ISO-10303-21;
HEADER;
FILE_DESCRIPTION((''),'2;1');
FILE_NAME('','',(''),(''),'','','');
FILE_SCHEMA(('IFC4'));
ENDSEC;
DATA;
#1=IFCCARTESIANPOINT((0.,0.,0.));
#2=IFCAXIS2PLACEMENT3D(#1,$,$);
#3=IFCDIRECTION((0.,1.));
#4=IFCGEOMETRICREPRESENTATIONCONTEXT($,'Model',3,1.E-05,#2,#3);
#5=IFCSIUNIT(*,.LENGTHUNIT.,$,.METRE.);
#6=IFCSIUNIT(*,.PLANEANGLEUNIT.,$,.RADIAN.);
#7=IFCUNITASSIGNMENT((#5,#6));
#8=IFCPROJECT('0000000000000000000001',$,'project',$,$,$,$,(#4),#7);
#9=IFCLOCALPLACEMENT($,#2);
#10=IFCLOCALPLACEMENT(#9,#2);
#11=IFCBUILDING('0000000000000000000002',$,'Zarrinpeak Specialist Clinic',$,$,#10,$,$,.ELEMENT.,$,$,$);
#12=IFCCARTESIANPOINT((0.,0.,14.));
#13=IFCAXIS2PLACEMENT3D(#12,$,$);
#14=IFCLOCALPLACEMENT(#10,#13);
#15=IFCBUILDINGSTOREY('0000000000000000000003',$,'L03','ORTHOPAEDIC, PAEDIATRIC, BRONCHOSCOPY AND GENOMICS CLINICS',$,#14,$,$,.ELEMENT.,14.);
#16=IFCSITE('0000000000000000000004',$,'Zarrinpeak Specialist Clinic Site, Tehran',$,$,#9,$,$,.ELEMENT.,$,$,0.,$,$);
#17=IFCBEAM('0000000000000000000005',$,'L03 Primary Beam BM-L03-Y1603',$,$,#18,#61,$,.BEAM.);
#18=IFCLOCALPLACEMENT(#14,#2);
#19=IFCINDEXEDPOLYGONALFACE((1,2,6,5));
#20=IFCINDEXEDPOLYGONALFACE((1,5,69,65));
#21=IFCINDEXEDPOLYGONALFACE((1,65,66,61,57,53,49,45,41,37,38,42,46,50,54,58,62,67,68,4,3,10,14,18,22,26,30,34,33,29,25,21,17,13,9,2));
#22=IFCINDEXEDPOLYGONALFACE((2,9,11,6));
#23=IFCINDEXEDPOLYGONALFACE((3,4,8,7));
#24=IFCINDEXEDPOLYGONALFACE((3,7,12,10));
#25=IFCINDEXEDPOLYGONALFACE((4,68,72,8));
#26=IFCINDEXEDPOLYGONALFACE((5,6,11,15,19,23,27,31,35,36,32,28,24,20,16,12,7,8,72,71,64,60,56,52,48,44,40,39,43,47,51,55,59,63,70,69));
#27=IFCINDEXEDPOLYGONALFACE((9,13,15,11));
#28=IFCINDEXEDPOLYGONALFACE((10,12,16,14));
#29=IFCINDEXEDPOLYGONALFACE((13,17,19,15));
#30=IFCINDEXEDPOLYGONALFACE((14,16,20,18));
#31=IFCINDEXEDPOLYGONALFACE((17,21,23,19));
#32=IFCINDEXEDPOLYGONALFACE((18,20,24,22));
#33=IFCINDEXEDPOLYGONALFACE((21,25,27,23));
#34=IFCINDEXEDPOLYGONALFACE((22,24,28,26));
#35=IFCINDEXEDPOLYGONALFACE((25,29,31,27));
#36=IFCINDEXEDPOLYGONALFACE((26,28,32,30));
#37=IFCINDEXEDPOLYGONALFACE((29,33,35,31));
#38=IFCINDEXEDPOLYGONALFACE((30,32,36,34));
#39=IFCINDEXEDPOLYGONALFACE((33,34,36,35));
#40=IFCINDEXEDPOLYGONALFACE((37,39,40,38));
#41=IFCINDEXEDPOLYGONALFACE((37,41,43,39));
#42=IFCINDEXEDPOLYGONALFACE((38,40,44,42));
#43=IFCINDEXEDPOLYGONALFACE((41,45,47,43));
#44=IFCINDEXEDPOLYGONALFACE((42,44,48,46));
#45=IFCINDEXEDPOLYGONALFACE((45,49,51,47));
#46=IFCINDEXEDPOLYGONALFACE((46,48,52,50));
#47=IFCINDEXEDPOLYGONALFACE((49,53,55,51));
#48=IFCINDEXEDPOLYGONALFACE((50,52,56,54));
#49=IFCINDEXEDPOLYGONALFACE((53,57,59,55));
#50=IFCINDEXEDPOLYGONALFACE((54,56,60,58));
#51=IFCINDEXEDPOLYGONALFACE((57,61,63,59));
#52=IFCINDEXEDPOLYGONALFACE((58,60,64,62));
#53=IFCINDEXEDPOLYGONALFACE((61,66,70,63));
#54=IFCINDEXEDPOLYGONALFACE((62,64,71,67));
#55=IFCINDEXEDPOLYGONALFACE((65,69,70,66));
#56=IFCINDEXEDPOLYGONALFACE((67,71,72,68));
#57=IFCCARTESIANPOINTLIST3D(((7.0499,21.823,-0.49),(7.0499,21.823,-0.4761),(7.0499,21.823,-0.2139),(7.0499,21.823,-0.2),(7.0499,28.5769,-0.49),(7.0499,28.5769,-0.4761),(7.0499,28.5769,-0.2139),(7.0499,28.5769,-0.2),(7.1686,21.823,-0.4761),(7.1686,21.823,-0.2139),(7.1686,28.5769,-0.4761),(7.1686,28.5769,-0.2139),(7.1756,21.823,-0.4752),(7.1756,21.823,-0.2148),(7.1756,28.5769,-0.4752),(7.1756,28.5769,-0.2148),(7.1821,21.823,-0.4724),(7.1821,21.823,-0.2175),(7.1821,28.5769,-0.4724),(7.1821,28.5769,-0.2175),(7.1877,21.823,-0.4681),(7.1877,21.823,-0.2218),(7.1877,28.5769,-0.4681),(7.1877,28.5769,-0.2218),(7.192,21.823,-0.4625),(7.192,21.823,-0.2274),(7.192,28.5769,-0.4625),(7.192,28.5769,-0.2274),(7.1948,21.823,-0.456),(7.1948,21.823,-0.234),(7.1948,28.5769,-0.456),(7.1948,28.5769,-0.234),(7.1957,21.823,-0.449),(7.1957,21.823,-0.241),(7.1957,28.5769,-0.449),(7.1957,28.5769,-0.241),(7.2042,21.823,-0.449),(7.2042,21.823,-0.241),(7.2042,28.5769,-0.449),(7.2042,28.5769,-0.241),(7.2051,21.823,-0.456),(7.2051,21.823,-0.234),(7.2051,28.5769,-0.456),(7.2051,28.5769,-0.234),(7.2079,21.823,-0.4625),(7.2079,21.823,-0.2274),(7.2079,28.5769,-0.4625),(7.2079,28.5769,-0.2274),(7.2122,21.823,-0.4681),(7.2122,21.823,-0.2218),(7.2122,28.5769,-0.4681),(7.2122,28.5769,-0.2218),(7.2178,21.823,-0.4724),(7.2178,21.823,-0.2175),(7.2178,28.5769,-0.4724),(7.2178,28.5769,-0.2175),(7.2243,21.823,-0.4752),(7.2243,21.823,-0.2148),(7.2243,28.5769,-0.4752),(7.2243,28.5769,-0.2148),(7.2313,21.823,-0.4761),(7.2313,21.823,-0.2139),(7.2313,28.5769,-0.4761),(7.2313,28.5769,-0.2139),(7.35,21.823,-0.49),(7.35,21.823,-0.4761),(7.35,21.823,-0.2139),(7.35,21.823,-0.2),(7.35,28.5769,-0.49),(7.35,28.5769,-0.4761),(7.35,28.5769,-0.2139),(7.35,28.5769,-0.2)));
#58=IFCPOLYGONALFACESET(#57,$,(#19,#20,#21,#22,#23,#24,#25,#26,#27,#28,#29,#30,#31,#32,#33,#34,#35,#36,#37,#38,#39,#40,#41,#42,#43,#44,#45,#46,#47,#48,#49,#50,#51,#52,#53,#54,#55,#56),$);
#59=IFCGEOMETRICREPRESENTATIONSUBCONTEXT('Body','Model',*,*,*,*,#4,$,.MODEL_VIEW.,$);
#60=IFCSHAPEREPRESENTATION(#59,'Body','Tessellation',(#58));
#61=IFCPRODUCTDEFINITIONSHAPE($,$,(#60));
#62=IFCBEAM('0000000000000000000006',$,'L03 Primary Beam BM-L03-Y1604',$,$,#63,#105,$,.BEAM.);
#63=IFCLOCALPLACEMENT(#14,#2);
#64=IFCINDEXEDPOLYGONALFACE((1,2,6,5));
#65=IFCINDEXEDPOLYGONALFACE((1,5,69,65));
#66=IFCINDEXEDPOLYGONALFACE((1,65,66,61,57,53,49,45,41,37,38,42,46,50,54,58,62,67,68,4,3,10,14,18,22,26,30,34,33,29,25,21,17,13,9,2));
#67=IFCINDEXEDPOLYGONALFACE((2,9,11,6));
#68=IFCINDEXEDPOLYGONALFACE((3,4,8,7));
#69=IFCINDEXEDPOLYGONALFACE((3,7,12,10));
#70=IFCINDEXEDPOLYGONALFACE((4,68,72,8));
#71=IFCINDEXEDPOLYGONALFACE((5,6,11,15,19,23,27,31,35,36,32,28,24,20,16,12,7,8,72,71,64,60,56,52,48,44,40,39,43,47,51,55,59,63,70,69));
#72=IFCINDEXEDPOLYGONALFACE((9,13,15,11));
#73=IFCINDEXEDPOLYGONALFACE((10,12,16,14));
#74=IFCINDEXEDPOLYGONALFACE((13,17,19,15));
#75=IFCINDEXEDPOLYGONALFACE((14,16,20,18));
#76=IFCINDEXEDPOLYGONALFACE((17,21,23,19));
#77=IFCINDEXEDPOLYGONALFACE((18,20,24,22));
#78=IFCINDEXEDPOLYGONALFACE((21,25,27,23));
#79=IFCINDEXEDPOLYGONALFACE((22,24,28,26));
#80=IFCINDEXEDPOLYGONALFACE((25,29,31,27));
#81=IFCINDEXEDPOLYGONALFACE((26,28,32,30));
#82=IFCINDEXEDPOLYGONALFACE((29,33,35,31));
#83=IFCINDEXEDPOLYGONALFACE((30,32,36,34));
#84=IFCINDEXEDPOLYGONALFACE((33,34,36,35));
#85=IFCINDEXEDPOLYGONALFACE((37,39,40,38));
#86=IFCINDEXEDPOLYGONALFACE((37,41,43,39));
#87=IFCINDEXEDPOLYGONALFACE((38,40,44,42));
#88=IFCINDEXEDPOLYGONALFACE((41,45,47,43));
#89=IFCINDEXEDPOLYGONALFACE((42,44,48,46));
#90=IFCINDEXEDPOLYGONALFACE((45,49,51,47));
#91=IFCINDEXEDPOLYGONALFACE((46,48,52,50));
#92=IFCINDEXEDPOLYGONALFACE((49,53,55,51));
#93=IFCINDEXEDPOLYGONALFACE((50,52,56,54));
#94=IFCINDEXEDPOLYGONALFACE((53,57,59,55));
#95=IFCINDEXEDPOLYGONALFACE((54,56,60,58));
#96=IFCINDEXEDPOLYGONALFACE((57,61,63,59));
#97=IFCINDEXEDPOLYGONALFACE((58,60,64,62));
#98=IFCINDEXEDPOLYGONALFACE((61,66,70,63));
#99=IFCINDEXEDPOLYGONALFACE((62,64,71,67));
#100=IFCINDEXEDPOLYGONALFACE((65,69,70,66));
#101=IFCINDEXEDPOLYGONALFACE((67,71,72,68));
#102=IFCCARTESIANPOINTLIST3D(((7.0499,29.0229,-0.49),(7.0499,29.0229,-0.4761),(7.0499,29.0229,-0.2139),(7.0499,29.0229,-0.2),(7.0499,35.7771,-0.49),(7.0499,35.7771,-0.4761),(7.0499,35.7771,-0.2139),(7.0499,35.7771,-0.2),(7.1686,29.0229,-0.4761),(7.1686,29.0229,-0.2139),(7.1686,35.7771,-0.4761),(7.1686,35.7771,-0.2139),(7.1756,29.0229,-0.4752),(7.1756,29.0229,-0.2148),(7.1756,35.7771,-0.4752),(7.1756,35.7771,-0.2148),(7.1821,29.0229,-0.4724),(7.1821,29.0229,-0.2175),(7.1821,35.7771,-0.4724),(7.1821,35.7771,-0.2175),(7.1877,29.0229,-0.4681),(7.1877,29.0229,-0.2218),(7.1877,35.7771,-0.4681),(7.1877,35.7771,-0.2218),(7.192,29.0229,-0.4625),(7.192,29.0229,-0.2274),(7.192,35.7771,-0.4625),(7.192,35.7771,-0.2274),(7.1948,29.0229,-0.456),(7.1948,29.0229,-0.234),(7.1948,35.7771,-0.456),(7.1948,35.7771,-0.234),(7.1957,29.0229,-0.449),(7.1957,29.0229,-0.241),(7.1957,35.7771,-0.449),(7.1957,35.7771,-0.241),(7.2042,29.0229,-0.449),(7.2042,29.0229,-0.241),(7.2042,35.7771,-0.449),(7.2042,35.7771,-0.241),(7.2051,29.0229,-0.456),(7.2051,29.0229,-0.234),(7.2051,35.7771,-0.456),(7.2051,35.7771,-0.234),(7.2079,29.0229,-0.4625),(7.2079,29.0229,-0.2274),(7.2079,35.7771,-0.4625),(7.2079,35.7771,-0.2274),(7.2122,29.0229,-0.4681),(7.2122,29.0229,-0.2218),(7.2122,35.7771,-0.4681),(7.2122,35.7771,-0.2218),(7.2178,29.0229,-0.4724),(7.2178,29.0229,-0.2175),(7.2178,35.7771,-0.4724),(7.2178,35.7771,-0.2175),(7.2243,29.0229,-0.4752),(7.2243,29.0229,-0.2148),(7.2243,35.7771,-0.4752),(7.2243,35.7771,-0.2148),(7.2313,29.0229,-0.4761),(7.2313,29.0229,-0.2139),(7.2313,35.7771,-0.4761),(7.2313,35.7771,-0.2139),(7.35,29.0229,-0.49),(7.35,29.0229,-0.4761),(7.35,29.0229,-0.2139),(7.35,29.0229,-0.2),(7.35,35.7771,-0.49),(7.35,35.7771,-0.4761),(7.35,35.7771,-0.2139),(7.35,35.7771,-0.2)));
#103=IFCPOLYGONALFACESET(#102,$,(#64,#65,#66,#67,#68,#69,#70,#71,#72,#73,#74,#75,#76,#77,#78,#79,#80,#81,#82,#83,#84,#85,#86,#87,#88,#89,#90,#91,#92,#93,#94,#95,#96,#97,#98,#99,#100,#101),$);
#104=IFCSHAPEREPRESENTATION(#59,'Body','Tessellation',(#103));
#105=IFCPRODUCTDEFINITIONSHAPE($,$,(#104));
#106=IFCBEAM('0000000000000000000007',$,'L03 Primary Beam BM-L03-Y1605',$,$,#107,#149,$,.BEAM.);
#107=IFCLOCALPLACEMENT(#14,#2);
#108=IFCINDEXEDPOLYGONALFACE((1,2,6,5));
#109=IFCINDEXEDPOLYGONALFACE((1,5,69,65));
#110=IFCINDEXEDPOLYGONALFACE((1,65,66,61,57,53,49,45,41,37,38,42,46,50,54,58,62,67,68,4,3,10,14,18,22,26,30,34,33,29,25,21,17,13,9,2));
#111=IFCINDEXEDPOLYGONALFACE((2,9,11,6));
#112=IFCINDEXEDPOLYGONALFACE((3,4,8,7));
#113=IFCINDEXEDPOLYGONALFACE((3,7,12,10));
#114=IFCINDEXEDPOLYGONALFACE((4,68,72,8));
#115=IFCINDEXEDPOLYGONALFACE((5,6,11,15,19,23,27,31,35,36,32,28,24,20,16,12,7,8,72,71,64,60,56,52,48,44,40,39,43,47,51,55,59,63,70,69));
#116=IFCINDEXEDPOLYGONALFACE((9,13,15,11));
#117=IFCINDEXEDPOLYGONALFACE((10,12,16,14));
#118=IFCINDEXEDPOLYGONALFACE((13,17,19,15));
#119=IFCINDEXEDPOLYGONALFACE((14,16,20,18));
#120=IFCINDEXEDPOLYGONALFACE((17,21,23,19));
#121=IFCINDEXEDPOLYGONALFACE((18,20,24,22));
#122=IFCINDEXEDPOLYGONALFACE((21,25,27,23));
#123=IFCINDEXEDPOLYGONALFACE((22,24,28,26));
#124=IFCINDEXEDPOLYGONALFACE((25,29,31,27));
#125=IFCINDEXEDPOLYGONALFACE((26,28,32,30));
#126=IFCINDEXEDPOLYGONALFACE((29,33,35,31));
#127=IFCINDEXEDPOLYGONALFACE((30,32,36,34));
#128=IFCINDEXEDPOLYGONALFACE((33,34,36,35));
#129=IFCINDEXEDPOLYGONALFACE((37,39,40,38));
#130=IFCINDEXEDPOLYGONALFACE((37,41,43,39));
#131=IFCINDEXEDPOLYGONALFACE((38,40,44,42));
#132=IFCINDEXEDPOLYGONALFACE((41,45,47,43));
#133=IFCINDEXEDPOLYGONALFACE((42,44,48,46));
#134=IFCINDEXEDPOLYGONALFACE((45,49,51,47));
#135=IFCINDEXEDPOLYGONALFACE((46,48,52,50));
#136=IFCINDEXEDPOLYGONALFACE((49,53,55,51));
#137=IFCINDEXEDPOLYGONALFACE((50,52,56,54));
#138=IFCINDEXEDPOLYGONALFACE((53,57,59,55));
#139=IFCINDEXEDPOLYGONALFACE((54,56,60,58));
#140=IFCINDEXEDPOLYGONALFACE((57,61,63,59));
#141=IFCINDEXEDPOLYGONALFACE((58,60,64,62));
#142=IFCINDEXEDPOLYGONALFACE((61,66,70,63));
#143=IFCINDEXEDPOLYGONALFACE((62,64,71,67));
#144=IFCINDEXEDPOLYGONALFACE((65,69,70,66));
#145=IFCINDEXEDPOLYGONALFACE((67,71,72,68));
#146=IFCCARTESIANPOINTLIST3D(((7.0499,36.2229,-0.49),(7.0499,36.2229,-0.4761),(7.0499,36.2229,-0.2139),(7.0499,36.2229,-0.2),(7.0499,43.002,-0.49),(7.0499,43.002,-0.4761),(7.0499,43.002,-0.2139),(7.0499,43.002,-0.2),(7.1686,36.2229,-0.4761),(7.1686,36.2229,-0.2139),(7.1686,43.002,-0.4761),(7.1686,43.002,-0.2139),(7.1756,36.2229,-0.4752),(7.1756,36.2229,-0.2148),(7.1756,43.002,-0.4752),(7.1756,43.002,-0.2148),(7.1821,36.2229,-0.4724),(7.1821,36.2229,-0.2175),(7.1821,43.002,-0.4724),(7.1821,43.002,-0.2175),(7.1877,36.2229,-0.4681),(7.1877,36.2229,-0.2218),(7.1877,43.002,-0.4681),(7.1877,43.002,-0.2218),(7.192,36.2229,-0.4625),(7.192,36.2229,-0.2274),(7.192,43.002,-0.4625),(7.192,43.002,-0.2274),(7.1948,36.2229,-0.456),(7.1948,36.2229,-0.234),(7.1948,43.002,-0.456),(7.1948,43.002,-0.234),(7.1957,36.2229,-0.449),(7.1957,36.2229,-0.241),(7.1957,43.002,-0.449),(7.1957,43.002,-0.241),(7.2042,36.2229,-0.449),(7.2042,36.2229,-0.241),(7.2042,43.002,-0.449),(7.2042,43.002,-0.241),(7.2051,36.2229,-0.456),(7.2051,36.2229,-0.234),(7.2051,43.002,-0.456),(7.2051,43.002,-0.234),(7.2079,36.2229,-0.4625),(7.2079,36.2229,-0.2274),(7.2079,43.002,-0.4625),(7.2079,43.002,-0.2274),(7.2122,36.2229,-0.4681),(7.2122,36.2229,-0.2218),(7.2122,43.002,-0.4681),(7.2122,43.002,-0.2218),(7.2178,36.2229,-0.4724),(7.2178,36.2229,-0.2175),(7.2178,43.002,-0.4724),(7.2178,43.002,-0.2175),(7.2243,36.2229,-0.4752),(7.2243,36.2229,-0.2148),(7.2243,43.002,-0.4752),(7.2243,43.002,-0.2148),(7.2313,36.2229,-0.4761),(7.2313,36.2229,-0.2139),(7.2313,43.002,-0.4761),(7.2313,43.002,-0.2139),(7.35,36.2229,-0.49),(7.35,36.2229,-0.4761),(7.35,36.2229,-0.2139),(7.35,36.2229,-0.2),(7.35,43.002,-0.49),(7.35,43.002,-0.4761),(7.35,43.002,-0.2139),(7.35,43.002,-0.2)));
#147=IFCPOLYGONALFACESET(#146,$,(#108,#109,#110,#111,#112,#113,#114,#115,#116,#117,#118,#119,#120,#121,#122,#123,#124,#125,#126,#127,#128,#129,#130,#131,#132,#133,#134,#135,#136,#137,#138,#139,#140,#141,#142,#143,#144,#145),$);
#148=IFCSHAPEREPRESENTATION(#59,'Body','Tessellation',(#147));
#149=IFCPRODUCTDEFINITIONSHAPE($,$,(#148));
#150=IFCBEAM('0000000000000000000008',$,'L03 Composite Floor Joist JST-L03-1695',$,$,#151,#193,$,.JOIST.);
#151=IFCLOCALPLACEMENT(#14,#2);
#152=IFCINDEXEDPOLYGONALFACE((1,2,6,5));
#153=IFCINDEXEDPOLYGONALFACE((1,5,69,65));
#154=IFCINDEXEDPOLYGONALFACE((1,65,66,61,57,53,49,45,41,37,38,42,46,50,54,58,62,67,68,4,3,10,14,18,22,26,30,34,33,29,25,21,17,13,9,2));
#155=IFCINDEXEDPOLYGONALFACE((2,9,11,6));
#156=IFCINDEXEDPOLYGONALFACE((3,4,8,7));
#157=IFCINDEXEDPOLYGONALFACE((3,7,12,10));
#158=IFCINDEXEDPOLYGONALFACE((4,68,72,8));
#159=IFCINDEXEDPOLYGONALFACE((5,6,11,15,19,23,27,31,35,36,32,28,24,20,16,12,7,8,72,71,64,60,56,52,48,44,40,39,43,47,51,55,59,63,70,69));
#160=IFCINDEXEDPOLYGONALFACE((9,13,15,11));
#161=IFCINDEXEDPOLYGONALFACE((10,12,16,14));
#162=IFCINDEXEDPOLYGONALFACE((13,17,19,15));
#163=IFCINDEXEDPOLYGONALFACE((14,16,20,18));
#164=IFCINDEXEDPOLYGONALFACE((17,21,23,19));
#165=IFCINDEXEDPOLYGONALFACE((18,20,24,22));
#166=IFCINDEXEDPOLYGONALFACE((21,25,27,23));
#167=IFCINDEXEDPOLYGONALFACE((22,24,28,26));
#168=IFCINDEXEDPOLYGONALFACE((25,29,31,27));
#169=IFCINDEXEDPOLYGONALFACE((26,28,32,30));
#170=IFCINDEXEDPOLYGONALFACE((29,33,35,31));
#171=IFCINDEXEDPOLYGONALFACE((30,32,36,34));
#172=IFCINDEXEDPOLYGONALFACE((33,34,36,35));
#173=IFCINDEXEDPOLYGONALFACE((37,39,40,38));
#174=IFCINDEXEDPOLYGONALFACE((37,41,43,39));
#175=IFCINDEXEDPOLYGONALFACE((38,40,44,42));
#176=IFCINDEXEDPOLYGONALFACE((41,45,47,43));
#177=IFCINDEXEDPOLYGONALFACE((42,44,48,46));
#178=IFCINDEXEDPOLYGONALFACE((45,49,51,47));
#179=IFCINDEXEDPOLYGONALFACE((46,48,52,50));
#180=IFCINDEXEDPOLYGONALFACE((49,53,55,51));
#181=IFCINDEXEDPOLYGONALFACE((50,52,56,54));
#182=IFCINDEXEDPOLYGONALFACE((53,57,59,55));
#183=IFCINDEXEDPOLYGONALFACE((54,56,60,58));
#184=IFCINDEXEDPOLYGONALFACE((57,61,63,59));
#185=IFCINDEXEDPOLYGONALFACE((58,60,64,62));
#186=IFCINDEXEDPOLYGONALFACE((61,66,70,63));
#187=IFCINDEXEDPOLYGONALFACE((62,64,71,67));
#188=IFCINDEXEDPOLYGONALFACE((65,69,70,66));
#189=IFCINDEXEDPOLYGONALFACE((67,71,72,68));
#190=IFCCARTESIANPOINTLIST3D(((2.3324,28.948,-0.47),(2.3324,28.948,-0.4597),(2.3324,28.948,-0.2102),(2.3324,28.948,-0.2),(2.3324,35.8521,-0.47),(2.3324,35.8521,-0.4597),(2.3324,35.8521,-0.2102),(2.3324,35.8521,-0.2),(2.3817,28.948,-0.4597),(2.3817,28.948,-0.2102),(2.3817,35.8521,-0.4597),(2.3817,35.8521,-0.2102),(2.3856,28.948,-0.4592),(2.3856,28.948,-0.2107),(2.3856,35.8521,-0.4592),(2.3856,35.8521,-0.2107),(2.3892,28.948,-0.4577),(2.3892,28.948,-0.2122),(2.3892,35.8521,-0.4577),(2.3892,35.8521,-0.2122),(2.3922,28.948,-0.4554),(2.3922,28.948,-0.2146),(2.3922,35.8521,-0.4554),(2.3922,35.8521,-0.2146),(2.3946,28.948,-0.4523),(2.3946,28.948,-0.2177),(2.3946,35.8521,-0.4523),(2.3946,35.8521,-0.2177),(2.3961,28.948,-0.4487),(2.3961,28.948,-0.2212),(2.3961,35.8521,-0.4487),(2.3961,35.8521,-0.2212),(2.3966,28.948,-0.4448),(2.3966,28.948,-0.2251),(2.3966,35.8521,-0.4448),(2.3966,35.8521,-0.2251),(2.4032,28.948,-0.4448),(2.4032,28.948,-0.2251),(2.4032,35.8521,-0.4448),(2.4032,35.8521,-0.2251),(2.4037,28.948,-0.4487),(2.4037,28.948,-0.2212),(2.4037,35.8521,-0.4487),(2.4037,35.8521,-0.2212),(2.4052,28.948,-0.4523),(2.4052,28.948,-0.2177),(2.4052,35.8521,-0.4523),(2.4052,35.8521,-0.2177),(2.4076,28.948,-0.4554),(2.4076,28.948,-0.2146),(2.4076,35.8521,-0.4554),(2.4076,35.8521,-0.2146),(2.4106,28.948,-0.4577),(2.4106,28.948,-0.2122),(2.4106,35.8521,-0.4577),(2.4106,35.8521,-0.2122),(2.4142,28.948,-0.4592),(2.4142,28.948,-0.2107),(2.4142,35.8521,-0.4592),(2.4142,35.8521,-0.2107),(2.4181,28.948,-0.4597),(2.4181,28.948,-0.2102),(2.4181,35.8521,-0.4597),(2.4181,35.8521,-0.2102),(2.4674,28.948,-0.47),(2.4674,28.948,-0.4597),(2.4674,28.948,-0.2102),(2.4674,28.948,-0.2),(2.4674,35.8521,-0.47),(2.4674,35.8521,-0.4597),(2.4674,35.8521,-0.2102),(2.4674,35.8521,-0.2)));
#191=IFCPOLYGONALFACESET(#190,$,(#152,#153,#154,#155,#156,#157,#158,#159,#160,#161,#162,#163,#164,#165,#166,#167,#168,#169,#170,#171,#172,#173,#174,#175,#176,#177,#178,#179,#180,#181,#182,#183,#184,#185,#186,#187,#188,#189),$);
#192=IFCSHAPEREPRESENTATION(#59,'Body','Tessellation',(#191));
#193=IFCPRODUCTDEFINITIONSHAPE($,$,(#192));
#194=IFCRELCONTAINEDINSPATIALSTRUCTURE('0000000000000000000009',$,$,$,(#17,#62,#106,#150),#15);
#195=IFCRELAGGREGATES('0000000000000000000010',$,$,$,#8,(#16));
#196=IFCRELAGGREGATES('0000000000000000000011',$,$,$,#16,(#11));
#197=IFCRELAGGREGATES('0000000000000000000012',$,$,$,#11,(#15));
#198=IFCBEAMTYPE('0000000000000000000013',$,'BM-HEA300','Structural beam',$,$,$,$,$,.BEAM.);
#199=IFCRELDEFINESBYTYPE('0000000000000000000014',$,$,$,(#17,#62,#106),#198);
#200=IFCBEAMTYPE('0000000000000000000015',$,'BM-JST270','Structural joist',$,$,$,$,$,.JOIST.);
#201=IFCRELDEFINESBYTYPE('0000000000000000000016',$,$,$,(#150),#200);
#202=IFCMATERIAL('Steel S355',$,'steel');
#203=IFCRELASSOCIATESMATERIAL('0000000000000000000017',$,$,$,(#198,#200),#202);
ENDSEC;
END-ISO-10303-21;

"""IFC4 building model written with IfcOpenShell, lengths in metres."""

from ifc_helpers import new_model, si_unit, direction, frame, origin, origin_2d, place, context, subcontext, project, spatial, i_section, extrude, material, material_profile, profile_set, type_object, element, save


model = new_model("IFC4")

# Units and contexts
model_context = context("Model", 3, precision=1e-05, world=origin(), true_north=direction((0.0, 1.0)))
body_context = subcontext(model_context, "Body", "Model", "MODEL_VIEW")
ifc_project = project(units=[si_unit("LENGTHUNIT", "METRE"), si_unit("PLANEANGLEUNIT", "RADIAN")], contexts=[model_context])

# Site, building, storey
site_placement = place(None, origin())
site = spatial("IfcSite", under=ifc_project, at=site_placement, Name="Zarrinpeak Specialist Clinic Site, Tehran", CompositionType="ELEMENT", RefElevation=0.0)
building_placement = place(site_placement, origin())
building = spatial("IfcBuilding", under=site, at=building_placement, Name="Zarrinpeak Specialist Clinic", CompositionType="ELEMENT")
storey_placement = place(building_placement, frame((0.0, 0.0, 14.0)))
storey = spatial("IfcBuildingStorey", under=building, at=storey_placement, Name="L03", Description="ORTHOPAEDIC, PAEDIATRIC, BRONCHOSCOPY AND GENOMICS CLINICS", CompositionType="ELEMENT", Elevation=14.0)

# Shared definitions
ifc_material_1 = material(Name="Steel S355", Category="steel")

# Beams
ifc_material_profile_1 = material_profile(ifc_material_1, i_section(OverallWidth=0.3, OverallDepth=0.29, WebThickness=0.0085, FlangeThickness=0.0139, FilletRadius=0.0271, at=origin_2d()), Name="HEA 300")
ifc_profile_set_1 = profile_set([ifc_material_profile_1], Name="Steel S355")
beam_type_1 = type_object("IfcBeamType", Name="BM-HEA300", Description="Structural beam", PredefinedType="BEAM", material=ifc_profile_set_1)
beam_1_placement = place(storey_placement, frame((7.2, 21.823, -0.345), z_axis=(0.0, 1.0, 0.0), x_axis=(-1.0, 0.0, 0.0)))
element("IfcBeam", 1, at=beam_1_placement, inside=storey, type_object=beam_type_1, Name="L03 Primary Beam BM-L03-Y1603", PredefinedType="BEAM", context=body_context, shape_type="SweptSolid", body=[
    extrude(i_section(OverallWidth=0.3, OverallDepth=0.29, WebThickness=0.0085, FlangeThickness=0.0139, FilletRadius=0.0271, at=origin_2d()), origin(), (0.0, 0.0, 1.0), 6.7539),
])
beam_2_placement = place(storey_placement, frame((7.2, 29.0229, -0.345), z_axis=(0.0, 1.0, 0.0), x_axis=(-1.0, 0.0, 0.0)))
element("IfcBeam", 2, at=beam_2_placement, inside=storey, type_object=beam_type_1, Name="L03 Primary Beam BM-L03-Y1604", PredefinedType="BEAM", context=body_context, shape_type="SweptSolid", body=[
    extrude(i_section(OverallWidth=0.3, OverallDepth=0.29, WebThickness=0.0085, FlangeThickness=0.0139, FilletRadius=0.0271, at=origin_2d()), origin(), (0.0, 0.0, 1.0), 6.7542),
])
beam_3_placement = place(storey_placement, frame((7.2, 36.2229, -0.345), z_axis=(0.0, 1.0, 0.0), x_axis=(-1.0, 0.0, 0.0)))
element("IfcBeam", 3, at=beam_3_placement, inside=storey, type_object=beam_type_1, Name="L03 Primary Beam BM-L03-Y1605", PredefinedType="BEAM", context=body_context, shape_type="SweptSolid", body=[
    extrude(i_section(OverallWidth=0.3, OverallDepth=0.29, WebThickness=0.0085, FlangeThickness=0.0139, FilletRadius=0.0271, at=origin_2d()), origin(), (0.0, 0.0, 1.0), 6.7791),
])
ifc_material_profile_2 = material_profile(ifc_material_1, i_section(OverallWidth=0.135, OverallDepth=0.27, WebThickness=0.0066, FlangeThickness=0.0103, FilletRadius=0.0149, at=origin_2d()), Name="IPE 270")
ifc_profile_set_2 = profile_set([ifc_material_profile_2], Name="Steel S355")
beam_type_2 = type_object("IfcBeamType", Name="BM-JST270", Description="Structural joist", PredefinedType="JOIST", material=ifc_profile_set_2)
for number, where, z_axis, x_axis, name in (
    (4, (2.3999, 28.948, -0.335), (0.0, 1.0, 0.0), (-1.0, 0.0, 0.0), "L03 Composite Floor Joist JST-L03-1695"),
):
    element("IfcBeam", number, at=place(storey_placement, frame(where, z_axis=z_axis, x_axis=x_axis)), inside=storey, type_object=beam_type_2, Name=name, PredefinedType="JOIST", context=body_context, shape_type="SweptSolid", body=[
        extrude(i_section(OverallWidth=0.135, OverallDepth=0.27, WebThickness=0.0066, FlangeThickness=0.0103, FilletRadius=0.0149, at=origin_2d()), origin(), (0.0, 0.0, 1.0), 6.9041),
    ])

save(model, "model.ifc")
